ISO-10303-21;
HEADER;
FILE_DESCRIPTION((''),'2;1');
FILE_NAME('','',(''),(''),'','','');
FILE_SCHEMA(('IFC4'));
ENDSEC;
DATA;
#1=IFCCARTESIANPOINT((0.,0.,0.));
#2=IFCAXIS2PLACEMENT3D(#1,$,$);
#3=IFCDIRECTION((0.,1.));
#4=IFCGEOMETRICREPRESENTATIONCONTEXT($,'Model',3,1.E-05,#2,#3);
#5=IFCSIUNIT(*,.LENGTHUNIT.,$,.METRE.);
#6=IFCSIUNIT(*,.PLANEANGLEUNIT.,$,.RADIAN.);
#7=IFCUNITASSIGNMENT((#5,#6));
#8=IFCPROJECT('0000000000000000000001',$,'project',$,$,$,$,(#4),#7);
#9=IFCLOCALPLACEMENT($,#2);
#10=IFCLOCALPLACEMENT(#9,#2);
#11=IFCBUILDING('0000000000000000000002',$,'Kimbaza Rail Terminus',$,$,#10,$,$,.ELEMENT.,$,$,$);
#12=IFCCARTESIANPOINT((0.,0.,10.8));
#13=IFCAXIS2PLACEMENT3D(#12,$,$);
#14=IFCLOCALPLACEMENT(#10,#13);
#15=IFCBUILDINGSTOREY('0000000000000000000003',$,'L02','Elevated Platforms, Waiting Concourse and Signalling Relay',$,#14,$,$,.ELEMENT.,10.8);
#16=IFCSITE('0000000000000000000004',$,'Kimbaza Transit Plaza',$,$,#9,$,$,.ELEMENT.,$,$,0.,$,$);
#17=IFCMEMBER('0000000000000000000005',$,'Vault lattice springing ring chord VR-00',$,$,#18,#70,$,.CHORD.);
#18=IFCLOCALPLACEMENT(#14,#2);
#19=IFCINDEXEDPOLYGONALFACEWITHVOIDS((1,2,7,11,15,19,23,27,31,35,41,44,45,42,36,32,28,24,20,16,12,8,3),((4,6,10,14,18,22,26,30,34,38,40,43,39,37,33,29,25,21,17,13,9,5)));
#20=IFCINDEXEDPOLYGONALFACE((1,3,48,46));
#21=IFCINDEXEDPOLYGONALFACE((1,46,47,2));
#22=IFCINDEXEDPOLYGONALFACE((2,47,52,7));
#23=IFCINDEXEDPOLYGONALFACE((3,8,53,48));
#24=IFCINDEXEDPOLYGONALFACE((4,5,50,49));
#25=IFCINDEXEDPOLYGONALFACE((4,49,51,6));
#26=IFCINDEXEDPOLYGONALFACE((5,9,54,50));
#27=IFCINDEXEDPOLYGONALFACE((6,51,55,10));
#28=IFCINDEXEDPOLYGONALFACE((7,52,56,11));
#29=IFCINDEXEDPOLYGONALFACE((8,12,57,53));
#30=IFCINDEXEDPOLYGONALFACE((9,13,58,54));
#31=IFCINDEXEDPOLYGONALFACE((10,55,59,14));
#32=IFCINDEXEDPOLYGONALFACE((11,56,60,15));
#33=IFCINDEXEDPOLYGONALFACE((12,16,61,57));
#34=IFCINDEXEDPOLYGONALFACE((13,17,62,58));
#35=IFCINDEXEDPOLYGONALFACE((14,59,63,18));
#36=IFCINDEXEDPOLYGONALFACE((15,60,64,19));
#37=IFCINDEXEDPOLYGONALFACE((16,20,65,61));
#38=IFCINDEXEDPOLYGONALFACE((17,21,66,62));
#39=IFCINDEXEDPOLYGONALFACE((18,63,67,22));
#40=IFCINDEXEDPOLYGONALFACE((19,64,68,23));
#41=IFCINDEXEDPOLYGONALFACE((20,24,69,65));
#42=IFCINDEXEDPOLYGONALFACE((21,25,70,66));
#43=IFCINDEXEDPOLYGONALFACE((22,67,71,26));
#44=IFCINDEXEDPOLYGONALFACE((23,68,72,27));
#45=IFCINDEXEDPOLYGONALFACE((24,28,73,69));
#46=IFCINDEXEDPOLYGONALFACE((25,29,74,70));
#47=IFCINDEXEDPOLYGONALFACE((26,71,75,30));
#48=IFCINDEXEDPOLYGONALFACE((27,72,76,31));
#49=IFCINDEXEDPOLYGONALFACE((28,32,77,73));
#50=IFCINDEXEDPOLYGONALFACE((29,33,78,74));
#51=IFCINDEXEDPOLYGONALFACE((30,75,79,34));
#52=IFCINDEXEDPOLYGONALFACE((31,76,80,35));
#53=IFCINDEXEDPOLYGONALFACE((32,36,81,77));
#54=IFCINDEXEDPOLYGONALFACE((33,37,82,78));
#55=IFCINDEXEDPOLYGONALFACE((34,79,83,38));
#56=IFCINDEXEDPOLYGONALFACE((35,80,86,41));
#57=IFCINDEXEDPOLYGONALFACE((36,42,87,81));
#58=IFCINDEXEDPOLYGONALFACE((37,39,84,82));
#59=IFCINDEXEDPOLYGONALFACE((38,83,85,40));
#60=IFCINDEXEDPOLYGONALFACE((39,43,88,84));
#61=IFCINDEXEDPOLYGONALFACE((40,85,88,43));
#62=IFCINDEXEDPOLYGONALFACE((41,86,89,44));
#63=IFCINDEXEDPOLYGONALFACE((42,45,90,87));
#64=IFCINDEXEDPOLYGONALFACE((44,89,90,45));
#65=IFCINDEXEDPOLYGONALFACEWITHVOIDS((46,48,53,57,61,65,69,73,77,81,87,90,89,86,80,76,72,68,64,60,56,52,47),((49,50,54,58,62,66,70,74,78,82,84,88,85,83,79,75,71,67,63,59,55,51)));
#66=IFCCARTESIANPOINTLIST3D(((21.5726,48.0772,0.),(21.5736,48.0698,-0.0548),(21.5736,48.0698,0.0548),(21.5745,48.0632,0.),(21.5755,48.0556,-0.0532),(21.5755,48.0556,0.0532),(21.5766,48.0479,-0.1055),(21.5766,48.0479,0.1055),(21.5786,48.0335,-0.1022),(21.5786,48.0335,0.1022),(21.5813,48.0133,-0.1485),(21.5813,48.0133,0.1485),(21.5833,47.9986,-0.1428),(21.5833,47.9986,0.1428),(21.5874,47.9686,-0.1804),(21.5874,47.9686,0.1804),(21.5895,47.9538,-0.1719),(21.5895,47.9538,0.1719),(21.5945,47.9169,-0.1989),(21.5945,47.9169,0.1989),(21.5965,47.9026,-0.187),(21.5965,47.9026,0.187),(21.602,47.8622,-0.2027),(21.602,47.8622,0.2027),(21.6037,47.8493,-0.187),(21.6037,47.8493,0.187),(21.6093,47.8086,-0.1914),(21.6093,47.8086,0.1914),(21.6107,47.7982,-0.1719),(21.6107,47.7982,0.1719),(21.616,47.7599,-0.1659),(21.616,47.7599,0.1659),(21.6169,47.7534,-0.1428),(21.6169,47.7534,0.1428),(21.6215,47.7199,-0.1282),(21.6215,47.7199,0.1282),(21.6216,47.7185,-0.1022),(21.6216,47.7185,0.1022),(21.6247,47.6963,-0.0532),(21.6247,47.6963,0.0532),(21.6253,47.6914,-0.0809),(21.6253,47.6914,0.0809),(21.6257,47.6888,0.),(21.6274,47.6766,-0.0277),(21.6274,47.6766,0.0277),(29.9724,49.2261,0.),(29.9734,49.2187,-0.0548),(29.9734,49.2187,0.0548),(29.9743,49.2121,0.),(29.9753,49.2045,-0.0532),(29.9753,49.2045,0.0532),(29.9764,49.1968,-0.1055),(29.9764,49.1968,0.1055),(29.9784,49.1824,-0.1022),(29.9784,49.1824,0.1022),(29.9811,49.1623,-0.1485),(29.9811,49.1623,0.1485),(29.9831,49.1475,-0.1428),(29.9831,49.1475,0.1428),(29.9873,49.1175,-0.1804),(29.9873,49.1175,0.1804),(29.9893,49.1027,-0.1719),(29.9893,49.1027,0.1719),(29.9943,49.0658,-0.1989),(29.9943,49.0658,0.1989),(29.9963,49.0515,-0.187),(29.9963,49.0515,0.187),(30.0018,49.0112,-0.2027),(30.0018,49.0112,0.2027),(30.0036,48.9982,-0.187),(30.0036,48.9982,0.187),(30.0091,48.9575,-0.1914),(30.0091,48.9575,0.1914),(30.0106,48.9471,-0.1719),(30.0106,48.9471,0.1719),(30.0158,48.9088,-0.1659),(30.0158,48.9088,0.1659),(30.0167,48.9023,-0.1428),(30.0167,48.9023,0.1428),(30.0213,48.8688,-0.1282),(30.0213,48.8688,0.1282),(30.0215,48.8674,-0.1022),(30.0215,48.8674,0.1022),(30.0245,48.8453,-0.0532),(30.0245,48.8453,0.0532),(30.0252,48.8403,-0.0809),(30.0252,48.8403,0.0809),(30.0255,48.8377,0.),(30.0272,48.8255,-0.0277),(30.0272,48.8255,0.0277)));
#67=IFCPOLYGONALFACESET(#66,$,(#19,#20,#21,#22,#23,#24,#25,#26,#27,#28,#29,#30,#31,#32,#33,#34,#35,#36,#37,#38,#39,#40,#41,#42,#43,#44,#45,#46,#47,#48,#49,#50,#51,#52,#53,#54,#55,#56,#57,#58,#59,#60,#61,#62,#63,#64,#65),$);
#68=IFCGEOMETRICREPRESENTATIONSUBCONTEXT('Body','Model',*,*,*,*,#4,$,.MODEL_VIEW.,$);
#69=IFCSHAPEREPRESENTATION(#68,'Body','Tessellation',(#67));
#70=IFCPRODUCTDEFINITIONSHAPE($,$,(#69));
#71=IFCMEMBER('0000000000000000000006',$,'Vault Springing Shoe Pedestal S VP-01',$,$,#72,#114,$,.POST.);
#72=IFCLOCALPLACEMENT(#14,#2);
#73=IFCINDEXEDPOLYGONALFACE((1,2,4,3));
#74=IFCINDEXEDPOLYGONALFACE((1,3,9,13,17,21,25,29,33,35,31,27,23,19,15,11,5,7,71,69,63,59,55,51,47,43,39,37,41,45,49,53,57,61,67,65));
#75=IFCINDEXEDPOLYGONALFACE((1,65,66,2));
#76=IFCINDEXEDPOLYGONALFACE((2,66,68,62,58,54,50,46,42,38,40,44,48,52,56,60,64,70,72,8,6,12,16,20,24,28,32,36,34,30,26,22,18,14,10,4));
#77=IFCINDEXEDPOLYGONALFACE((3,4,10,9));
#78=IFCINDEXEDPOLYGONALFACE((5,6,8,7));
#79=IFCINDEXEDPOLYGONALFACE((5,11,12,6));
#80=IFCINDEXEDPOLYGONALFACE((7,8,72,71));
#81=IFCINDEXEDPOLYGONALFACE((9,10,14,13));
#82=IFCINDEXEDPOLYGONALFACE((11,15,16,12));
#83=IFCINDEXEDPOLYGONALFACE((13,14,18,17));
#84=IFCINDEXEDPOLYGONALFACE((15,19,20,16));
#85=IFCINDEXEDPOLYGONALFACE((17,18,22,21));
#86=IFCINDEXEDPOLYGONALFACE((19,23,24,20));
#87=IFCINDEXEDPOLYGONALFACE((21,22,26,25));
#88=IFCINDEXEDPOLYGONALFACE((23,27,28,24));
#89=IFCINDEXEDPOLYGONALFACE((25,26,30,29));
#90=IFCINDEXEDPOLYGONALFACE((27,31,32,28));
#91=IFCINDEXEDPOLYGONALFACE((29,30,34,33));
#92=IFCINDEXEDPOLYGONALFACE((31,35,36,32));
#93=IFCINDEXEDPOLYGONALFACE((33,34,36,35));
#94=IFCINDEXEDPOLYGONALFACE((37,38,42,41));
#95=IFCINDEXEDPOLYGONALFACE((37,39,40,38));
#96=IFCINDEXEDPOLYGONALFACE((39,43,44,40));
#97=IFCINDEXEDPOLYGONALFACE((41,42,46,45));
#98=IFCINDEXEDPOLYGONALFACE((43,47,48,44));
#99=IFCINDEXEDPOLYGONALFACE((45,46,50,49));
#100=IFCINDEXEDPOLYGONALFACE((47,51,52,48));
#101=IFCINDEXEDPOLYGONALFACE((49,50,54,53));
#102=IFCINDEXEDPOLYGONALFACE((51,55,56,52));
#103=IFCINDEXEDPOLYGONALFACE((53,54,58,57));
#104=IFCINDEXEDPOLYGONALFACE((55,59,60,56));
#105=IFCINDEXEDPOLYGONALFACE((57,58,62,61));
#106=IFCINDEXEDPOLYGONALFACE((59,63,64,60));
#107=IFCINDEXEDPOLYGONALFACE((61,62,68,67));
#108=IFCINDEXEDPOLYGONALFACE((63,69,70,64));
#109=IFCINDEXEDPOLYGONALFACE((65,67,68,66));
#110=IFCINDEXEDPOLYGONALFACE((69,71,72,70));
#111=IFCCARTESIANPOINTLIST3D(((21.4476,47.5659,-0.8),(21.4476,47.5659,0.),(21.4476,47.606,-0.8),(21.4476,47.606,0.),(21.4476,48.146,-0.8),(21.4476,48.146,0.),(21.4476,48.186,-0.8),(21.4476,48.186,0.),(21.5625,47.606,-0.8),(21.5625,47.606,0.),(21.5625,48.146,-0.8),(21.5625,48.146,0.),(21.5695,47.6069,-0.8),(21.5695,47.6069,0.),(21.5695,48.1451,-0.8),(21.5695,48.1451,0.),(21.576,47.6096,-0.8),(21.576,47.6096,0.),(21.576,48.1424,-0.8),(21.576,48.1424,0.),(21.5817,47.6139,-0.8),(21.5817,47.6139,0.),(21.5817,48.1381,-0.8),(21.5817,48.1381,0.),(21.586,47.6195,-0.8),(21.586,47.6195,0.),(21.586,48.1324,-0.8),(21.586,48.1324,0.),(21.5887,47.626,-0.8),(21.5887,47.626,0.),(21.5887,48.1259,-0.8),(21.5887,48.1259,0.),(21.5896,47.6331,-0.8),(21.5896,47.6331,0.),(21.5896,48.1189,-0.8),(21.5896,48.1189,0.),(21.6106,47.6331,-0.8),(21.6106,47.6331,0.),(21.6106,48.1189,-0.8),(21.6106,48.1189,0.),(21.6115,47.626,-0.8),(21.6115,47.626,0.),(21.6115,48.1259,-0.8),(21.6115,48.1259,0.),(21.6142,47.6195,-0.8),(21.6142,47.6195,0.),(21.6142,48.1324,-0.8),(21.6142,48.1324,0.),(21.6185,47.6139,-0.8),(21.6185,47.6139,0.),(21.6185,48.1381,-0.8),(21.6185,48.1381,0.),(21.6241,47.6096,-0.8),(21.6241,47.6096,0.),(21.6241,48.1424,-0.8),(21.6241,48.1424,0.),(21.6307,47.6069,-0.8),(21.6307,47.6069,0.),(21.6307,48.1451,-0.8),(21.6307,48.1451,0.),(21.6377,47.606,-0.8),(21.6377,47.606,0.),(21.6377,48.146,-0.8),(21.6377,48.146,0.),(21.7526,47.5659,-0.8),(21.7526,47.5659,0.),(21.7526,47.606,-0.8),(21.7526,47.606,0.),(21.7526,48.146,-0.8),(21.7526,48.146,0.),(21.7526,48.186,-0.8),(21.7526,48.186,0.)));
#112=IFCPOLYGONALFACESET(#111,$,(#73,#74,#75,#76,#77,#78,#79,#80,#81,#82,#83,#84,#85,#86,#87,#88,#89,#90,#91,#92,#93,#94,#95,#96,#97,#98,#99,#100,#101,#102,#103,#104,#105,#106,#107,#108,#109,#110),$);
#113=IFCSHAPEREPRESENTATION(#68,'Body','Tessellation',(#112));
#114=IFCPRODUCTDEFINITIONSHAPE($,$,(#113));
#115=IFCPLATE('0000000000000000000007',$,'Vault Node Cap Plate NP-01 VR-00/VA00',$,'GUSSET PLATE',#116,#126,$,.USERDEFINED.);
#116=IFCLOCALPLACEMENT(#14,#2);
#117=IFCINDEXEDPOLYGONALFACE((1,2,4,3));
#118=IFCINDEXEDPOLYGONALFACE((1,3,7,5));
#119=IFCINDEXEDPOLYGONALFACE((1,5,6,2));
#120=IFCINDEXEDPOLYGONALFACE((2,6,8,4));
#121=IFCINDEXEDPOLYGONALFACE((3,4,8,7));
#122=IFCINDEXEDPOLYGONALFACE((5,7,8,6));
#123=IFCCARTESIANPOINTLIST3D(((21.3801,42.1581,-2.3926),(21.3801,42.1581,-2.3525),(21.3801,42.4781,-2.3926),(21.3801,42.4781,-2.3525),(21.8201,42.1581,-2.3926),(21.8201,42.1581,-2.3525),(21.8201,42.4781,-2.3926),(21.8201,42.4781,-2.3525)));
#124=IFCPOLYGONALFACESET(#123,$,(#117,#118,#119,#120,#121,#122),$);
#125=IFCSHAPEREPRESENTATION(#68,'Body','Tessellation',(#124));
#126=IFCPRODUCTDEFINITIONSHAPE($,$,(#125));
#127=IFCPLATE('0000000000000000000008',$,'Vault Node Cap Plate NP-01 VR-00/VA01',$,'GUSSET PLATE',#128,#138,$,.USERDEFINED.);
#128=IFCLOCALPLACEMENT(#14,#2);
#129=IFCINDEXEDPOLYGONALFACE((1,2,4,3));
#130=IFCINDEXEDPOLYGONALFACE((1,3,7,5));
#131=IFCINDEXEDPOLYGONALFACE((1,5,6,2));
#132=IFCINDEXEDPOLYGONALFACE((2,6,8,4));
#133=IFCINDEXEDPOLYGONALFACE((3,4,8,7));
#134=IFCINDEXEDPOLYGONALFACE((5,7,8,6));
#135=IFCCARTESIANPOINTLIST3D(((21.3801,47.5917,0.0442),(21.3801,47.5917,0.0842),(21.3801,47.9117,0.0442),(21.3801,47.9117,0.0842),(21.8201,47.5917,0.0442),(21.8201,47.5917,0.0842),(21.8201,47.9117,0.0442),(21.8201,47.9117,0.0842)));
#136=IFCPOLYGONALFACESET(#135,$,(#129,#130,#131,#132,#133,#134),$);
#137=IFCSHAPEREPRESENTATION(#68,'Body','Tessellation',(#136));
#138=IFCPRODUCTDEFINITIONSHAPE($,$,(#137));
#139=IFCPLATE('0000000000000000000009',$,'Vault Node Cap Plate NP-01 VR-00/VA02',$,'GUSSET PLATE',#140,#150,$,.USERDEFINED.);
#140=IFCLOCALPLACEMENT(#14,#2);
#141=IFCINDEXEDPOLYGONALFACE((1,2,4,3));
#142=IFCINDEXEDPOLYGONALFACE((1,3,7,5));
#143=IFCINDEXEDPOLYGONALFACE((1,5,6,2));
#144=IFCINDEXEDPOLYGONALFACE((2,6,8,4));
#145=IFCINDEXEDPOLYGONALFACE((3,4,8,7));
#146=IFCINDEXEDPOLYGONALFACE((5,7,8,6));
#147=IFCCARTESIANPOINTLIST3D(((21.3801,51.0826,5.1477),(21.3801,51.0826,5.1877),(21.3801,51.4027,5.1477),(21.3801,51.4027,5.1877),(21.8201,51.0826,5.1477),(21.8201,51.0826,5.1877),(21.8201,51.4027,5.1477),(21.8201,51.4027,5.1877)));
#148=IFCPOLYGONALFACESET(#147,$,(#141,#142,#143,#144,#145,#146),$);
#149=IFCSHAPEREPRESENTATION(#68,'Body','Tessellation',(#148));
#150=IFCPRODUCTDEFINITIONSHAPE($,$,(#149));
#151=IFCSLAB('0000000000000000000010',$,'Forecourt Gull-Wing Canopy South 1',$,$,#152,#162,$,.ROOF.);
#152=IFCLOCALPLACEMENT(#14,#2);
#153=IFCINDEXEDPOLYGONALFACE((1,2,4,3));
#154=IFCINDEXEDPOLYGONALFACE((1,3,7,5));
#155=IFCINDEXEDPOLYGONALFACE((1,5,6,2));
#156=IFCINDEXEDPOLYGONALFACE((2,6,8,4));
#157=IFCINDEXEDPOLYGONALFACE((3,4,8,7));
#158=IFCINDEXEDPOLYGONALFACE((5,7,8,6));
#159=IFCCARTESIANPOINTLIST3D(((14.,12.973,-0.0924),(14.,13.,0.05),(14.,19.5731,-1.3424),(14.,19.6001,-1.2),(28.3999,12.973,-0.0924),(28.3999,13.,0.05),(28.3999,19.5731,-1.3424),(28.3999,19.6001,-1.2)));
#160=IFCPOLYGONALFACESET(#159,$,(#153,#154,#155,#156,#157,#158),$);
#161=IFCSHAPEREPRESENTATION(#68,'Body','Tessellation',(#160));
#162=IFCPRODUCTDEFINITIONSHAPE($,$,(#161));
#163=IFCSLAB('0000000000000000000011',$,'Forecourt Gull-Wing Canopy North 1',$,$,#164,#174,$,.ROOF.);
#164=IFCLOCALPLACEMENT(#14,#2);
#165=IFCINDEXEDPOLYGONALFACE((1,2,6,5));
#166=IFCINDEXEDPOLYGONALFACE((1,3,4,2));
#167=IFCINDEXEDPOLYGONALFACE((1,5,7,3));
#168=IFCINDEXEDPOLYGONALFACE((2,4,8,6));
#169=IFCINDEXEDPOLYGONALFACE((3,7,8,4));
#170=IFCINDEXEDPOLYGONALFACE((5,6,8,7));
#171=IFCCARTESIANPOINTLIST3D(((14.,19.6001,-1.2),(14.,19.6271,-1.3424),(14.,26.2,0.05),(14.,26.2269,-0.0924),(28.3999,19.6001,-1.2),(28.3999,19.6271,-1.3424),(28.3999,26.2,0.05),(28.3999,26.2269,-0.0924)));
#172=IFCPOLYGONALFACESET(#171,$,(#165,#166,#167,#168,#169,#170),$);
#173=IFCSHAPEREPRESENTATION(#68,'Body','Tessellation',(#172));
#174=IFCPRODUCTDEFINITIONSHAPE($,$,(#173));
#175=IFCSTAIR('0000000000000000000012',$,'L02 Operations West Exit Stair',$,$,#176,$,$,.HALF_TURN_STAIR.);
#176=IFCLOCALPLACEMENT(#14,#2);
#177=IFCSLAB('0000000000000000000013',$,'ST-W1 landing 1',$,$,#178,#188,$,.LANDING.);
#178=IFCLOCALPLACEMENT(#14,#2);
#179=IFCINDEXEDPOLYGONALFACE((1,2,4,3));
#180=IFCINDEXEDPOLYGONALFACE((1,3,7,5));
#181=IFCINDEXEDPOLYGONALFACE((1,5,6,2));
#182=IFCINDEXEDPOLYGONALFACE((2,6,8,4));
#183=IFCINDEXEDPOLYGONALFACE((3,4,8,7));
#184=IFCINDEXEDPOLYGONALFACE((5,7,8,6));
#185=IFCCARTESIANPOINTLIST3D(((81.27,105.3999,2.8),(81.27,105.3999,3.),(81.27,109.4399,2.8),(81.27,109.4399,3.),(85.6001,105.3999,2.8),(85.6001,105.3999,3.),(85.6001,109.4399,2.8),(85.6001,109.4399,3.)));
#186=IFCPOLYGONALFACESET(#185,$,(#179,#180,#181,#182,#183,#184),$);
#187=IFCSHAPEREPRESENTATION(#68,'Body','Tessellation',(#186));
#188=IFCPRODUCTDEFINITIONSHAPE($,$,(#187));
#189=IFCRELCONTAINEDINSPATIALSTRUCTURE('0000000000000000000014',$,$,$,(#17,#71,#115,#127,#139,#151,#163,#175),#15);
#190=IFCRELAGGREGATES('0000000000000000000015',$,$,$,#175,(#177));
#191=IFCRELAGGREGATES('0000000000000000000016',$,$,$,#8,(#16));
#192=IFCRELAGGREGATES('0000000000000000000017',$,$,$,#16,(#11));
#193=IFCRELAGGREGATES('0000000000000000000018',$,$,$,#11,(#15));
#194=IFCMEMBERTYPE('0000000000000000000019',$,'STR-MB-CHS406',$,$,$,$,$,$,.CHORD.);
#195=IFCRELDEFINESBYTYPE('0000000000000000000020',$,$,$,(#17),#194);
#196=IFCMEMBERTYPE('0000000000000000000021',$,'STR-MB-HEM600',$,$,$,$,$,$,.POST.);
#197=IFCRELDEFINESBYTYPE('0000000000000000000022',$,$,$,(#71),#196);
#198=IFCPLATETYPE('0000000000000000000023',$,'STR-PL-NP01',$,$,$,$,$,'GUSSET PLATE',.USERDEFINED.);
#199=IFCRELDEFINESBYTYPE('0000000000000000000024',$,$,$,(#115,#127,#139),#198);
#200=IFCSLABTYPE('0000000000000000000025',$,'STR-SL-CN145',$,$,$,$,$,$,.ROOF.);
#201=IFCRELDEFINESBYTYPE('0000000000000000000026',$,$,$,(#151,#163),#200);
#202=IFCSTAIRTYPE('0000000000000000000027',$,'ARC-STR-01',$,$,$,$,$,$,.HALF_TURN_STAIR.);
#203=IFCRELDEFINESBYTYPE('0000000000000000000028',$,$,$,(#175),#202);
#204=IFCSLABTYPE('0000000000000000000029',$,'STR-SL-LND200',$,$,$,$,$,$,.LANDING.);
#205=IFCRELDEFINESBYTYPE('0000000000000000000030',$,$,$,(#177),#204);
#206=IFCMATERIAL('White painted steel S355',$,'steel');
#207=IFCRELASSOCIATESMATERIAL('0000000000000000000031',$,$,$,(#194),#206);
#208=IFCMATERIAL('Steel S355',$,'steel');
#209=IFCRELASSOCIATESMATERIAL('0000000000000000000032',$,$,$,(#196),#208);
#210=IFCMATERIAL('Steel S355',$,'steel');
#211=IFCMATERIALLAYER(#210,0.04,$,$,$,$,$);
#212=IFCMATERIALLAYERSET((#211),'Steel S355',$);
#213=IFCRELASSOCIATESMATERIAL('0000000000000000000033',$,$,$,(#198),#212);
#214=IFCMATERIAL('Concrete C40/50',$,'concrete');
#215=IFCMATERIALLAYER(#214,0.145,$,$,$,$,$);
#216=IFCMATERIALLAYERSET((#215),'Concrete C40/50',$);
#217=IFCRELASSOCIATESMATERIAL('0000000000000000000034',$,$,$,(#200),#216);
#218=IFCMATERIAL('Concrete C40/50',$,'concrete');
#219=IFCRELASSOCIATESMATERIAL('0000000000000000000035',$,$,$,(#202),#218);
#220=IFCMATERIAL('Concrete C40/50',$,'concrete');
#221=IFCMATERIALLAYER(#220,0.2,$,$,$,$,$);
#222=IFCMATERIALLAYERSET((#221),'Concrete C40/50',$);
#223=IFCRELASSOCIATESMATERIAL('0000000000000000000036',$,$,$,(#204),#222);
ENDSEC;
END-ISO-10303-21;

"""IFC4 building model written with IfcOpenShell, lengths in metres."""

from ifc_helpers import new_model, si_unit, direction, frame, origin, origin_2d, place, context, subcontext, project, spatial, polyline, rectangle, hollow_circle, i_section, outline, extrude, material, layer, layer_set, material_profile, profile_set, type_object, element, aggregate, save


model = new_model("IFC4")

# Units and contexts
model_context = context("Model", 3, precision=1e-05, world=origin(), true_north=direction((0.0, 1.0)))
body_context = subcontext(model_context, "Body", "Model", "MODEL_VIEW")
ifc_project = project(units=[si_unit("LENGTHUNIT", "METRE"), si_unit("PLANEANGLEUNIT", "RADIAN")], contexts=[model_context])

# Site, building, storey
site_placement = place(None, origin())
site = spatial("IfcSite", under=ifc_project, at=site_placement, Name="Kimbaza Transit Plaza", CompositionType="ELEMENT", RefElevation=0.0)
building_placement = place(site_placement, origin())
building = spatial("IfcBuilding", under=site, at=building_placement, Name="Kimbaza Rail Terminus", CompositionType="ELEMENT")
storey_placement = place(building_placement, frame((0.0, 0.0, 10.8)))
storey = spatial("IfcBuildingStorey", under=building, at=storey_placement, Name="L02", Description="Elevated Platforms, Waiting Concourse and Signalling Relay", CompositionType="ELEMENT", Elevation=10.8)

# Members
ifc_material_1 = material(Name="White painted steel S355", Category="steel")
ifc_material_profile_1 = material_profile(ifc_material_1, hollow_circle(Radius=0.2031, WallThickness=0.0142, at=origin_2d()), Name="CHS 406.4x14.2")
ifc_profile_set_1 = profile_set([ifc_material_profile_1], Name="White painted steel S355")
member_type_1 = type_object("IfcMemberType", Name="STR-MB-CHS406", PredefinedType="CHORD", material=ifc_profile_set_1)
member_1_placement = place(storey_placement, frame((21.6001, 47.876, 0.0), z_axis=(0.990775, 0.135517, 0.0), x_axis=(-0.135517, 0.990775, 0.0)))
element("IfcMember", 1, at=member_1_placement, inside=storey, type_object=member_type_1, Name="Vault lattice springing ring chord VR-00", PredefinedType="CHORD", context=body_context, shape_type="SweptSolid", body=[
    extrude(hollow_circle(Radius=0.2031, WallThickness=0.0142, at=origin_2d()), origin(), (0.0, 0.0, 1.0), 8.478),
])
ifc_material_2 = material(Name="Steel S355", Category="steel")
ifc_material_profile_2 = material_profile(ifc_material_2, i_section(OverallWidth=0.3049, OverallDepth=0.6201, WebThickness=0.021, FlangeThickness=0.04, FilletRadius=0.0271, at=origin_2d()), Name="HEM 600")
ifc_profile_set_2 = profile_set([ifc_material_profile_2], Name="Steel S355")
member_type_2 = type_object("IfcMemberType", Name="STR-MB-HEM600", PredefinedType="POST", material=ifc_profile_set_2)
member_2_placement = place(storey_placement, frame((21.6001, 47.876, -0.8), z_axis=(0.0, 0.0, 1.0), x_axis=(1.0, 0.0, 0.0)))
element("IfcMember", 2, at=member_2_placement, inside=storey, type_object=member_type_2, Name="Vault Springing Shoe Pedestal S VP-01", PredefinedType="POST", context=body_context, shape_type="SweptSolid", body=[
    extrude(i_section(OverallWidth=0.3049, OverallDepth=0.6201, WebThickness=0.021, FlangeThickness=0.04, FilletRadius=0.0271, at=origin_2d()), origin(), (0.0, 0.0, 1.0), 0.8),
])

# Plates
ifc_material_3 = material(Name="Steel S355", Category="steel")
ifc_layer_1 = layer(ifc_material_3, 0.04)
ifc_layer_set_1 = layer_set([ifc_layer_1], Name="Steel S355")
plate_type = type_object("IfcPlateType", Name="STR-PL-NP01", ElementType="GUSSET PLATE", PredefinedType="USERDEFINED", material=ifc_layer_set_1)
for number, where, z_axis, x_axis, name in (
    (3, (21.6001, 42.3181, -2.3926), (0.0, 0.0, 1.0), (1.0, 0.0, 0.0), "Vault Node Cap Plate NP-01 VR-00/VA00"),
    (4, (21.6001, 47.7517, 0.0442), (0.0, 0.0, 1.0), (1.0, 0.0, 0.0), "Vault Node Cap Plate NP-01 VR-00/VA01"),
    (5, (21.6001, 51.2427, 5.1477), (0.0, 0.0, 1.0), (1.0, 0.0, 0.0), "Vault Node Cap Plate NP-01 VR-00/VA02"),
):
    element("IfcPlate", number, at=place(storey_placement, frame(where, z_axis=z_axis, x_axis=x_axis)), inside=storey, type_object=plate_type, Name=name, ObjectType="GUSSET PLATE", PredefinedType="USERDEFINED", context=body_context, shape_type="SweptSolid", body=[
        extrude(rectangle(XDim=0.4399, YDim=0.3201, at=origin_2d()), origin(), (0.0, 0.0, 1.0), 0.04),
    ])

# Slabs
ifc_material_4 = material(Name="Concrete C40/50", Category="concrete")
ifc_layer_2 = layer(ifc_material_4, 0.145)
ifc_layer_set_2 = layer_set([ifc_layer_2], Name="Concrete C40/50")
slab_type_1 = type_object("IfcSlabType", Name="STR-SL-CN145", PredefinedType="ROOF", material=ifc_layer_set_2)
slab_1_placement = place(storey_placement, frame((14.0, 13.0, 0.05), z_axis=(0.0, 0.186083, 0.982534), x_axis=(1.0, 0.0, 0.0)))
element("IfcSlab", 6, at=slab_1_placement, inside=storey, type_object=slab_type_1, Name="Forecourt Gull-Wing Canopy South 1", PredefinedType="ROOF", context=body_context, shape_type="SweptSolid", body=[
    extrude(outline(polyline([(0.0, 0.0), (14.3999, 0.0), (14.3999, 6.7174), (0.0, 6.7174), (0.0, 0.0)])), origin(), (0.0, 0.0, -1.0), 0.145),
])
slab_2_placement = place(storey_placement, frame((14.0, 19.6001, -1.2), z_axis=(0.0, -0.18609, 0.982533), x_axis=(1.0, 0.0, 0.0)))
element("IfcSlab", 7, at=slab_2_placement, inside=storey, type_object=slab_type_1, Name="Forecourt Gull-Wing Canopy North 1", PredefinedType="ROOF", context=body_context, shape_type="SweptSolid", body=[
    extrude(outline(polyline([(0.0, 0.0), (14.3999, 0.0), (14.3999, 6.7172), (0.0, 6.7172), (0.0, 0.0)])), origin(), (0.0, 0.0, -1.0), 0.145),
])

# Stair, slab
ifc_material_5 = material(Name="Concrete C40/50", Category="concrete")
stair_type_1 = type_object("IfcStairType", Name="ARC-STR-01", PredefinedType="HALF_TURN_STAIR", material=ifc_material_5)
stair_1_placement = place(storey_placement, origin())
stair_1 = element("IfcStair", 8, at=stair_1_placement, inside=storey, type_object=stair_type_1, Name="L02 Operations West Exit Stair", PredefinedType="HALF_TURN_STAIR")
ifc_material_6 = material(Name="Concrete C40/50", Category="concrete")
ifc_layer_3 = layer(ifc_material_6, 0.2)
ifc_layer_set_3 = layer_set([ifc_layer_3], Name="Concrete C40/50")
slab_type_2 = type_object("IfcSlabType", Name="STR-SL-LND200", PredefinedType="LANDING", material=ifc_layer_set_3)
slab_3_placement = place(storey_placement, frame((0.0, 0.0, 2.8)))
slab_3 = element("IfcSlab", 9, at=slab_3_placement, type_object=slab_type_2, Name="ST-W1 landing 1", PredefinedType="LANDING", context=body_context, shape_type="SweptSolid", body=[
    extrude(outline(polyline([(81.27, 105.3999), (85.6001, 105.3999), (85.6001, 109.4399), (81.27, 109.4399), (81.27, 105.3999)])), origin(), (0.0, 0.0, 1.0), 0.2),
])
aggregate(stair_1, [slab_3])

save(model, "model.ifc")
